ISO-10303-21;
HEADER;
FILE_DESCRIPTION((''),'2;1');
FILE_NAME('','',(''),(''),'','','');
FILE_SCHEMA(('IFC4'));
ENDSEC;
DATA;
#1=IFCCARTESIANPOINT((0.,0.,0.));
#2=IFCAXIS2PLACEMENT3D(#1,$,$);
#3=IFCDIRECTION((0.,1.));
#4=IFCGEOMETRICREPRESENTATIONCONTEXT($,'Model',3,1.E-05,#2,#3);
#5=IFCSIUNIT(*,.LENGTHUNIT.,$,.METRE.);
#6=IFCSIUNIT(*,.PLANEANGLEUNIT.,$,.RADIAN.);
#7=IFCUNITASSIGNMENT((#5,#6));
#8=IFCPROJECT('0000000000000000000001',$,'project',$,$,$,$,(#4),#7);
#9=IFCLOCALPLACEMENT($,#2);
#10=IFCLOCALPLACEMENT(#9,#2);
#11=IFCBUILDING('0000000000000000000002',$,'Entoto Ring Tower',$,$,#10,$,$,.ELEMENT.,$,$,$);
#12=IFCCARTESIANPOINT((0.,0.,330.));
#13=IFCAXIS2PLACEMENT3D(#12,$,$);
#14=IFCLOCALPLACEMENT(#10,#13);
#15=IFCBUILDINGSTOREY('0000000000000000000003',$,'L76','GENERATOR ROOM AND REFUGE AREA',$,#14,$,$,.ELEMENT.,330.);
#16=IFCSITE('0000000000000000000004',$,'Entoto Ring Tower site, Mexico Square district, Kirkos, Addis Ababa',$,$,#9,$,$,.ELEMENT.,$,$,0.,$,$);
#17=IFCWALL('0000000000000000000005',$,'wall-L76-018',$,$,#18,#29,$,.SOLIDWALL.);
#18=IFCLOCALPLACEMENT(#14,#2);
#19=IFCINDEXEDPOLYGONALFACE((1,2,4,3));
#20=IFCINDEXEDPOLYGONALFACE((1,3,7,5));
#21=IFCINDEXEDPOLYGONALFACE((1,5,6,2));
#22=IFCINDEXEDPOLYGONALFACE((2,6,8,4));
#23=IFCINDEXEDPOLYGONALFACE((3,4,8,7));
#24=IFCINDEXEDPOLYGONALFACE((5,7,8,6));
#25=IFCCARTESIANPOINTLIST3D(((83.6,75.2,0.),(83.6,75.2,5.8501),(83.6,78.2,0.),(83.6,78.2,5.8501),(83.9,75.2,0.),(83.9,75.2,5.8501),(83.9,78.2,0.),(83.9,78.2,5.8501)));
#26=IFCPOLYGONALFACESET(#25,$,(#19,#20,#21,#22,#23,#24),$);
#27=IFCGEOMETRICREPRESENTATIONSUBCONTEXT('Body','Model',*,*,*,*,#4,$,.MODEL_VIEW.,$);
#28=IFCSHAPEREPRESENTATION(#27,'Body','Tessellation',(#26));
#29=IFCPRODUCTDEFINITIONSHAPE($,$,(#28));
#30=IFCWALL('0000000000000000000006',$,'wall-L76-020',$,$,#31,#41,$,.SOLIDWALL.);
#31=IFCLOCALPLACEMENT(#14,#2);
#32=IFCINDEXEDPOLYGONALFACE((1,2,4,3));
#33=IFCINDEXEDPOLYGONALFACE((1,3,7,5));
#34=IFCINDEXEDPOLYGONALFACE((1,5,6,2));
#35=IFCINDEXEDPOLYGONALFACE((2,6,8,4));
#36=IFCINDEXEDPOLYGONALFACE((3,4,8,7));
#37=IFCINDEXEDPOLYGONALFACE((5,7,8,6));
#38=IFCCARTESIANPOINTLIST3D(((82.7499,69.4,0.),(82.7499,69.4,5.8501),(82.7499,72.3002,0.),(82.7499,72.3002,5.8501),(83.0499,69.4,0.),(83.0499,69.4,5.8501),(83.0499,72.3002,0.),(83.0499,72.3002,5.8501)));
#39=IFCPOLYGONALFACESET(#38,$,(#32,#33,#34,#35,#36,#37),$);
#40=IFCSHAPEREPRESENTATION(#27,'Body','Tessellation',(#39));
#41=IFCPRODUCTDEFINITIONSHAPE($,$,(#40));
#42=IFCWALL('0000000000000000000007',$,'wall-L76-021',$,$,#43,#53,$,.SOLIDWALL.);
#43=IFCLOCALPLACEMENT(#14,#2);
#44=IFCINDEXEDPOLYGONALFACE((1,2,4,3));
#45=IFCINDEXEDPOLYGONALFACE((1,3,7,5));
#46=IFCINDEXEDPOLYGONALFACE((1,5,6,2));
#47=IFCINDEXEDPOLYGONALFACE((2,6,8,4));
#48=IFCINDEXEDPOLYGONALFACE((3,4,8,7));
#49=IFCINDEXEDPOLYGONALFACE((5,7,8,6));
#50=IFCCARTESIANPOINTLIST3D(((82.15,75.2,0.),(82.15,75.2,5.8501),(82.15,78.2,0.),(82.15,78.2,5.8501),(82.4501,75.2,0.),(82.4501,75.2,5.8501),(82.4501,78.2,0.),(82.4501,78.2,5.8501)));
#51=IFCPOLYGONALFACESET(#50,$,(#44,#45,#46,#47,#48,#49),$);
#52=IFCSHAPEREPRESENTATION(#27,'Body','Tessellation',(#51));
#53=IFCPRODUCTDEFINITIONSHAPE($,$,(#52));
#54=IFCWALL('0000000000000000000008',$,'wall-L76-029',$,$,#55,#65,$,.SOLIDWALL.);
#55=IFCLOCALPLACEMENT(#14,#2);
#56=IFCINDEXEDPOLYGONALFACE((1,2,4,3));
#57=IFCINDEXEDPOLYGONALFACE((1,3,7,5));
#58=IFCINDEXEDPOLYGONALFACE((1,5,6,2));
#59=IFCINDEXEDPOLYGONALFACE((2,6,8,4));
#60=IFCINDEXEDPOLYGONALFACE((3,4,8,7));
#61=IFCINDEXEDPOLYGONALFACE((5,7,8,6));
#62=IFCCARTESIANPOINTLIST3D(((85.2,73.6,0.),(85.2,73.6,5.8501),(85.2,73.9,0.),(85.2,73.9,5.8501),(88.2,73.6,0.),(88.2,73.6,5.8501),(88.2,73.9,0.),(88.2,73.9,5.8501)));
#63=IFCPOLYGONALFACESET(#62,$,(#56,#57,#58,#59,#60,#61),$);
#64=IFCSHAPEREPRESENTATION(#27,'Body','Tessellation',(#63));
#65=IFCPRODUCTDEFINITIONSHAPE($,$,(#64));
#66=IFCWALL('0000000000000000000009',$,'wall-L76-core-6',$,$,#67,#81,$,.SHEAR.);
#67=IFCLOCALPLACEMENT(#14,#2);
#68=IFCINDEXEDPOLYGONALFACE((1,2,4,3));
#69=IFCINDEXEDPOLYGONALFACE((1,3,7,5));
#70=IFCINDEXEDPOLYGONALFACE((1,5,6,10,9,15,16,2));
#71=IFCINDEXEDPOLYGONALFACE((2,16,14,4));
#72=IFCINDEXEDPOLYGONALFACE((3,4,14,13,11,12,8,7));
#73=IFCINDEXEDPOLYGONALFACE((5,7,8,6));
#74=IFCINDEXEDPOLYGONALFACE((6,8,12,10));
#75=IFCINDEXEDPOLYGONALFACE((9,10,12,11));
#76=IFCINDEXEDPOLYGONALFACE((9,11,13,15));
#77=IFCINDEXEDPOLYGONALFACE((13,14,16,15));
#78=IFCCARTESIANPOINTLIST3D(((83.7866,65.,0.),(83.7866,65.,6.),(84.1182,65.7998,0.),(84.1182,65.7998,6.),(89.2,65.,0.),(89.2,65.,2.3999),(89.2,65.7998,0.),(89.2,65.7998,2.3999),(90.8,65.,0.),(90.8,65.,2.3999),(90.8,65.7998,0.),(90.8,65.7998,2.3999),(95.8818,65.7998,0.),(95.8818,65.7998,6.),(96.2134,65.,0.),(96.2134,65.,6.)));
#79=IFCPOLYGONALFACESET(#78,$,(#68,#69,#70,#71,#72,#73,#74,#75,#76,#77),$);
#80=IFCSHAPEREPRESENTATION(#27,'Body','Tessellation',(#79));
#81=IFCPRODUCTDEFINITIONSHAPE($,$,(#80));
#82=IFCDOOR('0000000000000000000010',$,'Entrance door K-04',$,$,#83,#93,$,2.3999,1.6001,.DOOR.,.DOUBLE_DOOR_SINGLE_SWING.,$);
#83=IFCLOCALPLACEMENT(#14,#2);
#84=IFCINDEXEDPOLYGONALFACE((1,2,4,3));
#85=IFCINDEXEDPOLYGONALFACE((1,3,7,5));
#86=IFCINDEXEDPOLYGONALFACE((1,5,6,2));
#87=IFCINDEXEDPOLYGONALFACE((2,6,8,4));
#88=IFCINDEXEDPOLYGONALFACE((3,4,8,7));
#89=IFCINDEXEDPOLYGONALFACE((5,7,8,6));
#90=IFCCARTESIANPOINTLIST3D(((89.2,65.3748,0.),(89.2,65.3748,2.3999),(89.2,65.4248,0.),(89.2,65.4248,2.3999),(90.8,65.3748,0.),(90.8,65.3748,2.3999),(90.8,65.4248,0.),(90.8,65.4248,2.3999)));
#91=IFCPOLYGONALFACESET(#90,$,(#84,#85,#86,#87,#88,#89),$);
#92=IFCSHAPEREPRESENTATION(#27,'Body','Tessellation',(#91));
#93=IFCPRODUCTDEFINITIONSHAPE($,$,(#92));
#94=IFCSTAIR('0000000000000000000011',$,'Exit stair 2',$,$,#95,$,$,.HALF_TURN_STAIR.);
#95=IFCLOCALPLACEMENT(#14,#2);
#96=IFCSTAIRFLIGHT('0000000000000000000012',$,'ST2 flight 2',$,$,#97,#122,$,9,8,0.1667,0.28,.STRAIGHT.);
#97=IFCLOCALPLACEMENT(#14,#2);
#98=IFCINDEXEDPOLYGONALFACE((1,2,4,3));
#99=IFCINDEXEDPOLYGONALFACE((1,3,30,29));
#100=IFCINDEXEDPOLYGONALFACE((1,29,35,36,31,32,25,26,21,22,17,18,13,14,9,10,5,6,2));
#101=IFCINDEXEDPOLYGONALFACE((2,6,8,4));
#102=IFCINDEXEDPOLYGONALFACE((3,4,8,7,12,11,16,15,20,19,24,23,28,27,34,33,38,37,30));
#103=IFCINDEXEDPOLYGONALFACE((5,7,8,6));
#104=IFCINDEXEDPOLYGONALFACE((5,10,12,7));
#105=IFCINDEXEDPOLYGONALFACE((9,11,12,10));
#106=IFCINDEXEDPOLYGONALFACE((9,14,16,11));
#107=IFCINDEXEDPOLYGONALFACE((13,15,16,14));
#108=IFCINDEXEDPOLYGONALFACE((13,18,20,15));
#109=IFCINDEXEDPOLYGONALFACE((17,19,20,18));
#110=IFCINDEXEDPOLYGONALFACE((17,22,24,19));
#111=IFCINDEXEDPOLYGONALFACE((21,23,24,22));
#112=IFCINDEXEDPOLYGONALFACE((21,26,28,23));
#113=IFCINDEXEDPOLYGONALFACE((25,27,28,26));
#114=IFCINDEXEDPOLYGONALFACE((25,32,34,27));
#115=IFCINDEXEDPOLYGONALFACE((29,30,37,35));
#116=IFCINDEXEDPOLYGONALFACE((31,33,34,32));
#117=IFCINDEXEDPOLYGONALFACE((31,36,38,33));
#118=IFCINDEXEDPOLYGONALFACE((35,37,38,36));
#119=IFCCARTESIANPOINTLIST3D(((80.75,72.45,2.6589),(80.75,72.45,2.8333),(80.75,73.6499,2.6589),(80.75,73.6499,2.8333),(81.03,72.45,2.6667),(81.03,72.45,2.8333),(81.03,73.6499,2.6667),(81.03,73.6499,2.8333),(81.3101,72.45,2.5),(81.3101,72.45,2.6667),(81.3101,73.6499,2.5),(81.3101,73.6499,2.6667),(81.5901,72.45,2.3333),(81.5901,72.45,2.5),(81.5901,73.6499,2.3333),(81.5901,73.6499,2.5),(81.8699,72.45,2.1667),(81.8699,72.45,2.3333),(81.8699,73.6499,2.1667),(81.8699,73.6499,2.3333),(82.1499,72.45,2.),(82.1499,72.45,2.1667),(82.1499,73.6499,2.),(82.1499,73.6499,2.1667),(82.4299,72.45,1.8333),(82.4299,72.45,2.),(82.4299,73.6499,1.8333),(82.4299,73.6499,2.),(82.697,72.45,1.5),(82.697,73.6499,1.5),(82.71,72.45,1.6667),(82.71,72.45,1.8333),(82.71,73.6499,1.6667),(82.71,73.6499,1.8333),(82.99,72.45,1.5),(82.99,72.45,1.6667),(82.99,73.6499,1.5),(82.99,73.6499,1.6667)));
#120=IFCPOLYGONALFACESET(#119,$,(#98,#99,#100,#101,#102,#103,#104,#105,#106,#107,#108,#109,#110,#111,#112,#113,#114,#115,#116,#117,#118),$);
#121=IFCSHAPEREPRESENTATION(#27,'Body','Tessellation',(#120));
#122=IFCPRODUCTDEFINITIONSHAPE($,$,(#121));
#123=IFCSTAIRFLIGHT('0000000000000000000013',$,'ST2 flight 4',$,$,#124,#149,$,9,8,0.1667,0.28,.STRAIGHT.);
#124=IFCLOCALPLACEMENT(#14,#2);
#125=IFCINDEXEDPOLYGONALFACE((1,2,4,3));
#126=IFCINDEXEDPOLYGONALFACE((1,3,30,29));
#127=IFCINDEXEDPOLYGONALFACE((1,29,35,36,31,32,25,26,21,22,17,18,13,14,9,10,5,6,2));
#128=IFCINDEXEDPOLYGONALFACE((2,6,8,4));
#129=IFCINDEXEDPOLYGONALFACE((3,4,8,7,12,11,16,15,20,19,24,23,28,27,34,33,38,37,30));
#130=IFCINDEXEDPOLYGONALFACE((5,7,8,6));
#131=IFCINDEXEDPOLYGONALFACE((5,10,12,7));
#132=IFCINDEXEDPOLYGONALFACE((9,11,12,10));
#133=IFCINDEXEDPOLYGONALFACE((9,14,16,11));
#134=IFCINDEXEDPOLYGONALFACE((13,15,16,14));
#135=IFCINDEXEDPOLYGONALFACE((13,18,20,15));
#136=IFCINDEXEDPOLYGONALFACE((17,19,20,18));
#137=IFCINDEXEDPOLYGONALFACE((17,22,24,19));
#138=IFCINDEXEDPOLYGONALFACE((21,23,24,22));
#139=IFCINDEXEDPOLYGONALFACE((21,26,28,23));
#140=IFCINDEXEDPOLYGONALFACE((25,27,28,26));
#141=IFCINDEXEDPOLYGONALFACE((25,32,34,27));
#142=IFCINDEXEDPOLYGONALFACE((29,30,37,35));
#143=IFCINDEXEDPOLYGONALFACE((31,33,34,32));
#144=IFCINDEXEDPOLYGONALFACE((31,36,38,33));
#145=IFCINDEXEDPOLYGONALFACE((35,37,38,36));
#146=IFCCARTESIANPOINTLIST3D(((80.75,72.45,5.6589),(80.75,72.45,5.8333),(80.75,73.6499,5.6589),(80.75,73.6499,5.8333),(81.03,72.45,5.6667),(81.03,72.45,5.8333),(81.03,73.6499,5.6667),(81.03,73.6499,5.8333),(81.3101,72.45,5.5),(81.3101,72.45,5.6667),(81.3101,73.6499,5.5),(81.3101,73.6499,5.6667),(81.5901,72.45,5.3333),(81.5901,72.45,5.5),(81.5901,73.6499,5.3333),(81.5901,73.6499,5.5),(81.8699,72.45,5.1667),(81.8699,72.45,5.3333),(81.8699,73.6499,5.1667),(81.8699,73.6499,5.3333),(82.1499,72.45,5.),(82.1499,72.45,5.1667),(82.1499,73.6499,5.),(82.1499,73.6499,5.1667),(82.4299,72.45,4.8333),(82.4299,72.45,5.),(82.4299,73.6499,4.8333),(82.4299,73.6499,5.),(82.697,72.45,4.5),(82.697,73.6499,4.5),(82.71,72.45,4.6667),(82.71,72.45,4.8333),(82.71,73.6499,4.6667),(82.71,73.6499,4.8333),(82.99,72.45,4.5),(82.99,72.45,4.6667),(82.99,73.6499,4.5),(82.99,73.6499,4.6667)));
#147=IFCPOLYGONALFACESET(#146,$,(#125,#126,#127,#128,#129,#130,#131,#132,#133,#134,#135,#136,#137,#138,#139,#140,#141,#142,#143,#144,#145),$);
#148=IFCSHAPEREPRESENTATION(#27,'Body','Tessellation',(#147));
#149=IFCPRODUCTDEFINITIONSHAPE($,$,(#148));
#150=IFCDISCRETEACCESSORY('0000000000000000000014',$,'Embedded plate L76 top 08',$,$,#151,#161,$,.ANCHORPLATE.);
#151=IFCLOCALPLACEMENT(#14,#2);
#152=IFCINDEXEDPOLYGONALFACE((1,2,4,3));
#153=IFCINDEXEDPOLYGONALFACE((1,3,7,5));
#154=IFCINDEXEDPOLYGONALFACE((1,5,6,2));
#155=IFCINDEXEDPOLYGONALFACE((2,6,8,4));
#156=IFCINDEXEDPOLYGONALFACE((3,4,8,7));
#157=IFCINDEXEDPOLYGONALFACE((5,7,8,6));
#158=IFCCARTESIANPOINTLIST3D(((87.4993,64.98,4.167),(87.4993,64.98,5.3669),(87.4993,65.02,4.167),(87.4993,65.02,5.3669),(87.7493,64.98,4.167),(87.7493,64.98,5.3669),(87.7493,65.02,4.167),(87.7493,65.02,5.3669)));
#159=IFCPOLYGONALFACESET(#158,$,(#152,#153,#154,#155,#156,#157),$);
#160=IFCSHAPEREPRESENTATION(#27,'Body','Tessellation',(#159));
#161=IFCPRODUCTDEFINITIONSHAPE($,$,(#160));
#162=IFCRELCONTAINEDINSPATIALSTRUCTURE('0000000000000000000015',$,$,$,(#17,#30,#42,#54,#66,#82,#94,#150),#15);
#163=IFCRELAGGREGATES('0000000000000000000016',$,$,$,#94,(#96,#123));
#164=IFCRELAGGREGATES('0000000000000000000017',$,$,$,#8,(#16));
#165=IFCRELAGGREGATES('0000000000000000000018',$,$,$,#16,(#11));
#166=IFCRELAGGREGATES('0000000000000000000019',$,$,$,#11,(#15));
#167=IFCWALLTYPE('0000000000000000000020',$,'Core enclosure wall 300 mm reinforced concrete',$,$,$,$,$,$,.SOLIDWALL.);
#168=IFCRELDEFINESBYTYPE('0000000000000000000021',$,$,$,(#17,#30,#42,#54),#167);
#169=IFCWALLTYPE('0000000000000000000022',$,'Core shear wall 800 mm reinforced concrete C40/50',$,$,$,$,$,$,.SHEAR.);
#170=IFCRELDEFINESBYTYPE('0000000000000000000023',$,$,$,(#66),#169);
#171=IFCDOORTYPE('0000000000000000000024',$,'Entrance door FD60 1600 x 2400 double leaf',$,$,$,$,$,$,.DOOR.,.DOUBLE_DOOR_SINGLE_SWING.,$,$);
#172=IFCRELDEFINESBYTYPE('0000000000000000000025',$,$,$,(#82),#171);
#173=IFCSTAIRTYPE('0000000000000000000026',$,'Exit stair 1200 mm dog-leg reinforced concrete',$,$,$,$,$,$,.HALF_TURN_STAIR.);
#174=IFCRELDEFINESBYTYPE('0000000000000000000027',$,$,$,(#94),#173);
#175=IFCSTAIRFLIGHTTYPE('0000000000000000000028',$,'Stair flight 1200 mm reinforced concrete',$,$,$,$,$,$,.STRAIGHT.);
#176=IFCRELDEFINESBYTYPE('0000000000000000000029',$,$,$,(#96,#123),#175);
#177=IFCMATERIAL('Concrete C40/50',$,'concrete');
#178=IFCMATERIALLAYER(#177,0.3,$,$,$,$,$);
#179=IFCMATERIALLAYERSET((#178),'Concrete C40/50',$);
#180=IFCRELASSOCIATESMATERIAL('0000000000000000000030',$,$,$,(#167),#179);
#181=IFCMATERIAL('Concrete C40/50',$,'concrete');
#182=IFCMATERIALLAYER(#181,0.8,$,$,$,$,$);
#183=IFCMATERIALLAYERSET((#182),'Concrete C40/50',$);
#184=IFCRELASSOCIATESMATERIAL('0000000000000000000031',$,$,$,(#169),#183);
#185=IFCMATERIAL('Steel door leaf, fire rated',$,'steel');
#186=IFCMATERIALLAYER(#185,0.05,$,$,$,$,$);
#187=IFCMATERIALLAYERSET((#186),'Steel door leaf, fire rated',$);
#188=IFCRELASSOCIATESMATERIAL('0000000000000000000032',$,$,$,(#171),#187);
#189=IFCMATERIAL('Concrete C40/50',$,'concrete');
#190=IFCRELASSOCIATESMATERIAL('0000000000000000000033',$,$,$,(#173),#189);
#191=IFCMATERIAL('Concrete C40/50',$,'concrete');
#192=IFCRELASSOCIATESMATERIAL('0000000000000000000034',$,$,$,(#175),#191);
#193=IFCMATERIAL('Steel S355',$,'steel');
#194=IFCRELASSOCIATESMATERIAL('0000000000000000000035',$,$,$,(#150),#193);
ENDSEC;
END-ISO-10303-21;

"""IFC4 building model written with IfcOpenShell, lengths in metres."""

from ifc_helpers import new_model, si_unit, direction, frame, frame_2d, origin, origin_2d, place, context, subcontext, project, spatial, polyline, rectangle, outline, extrude, material, layer, layer_set, type_object, element, fill, aggregate, save


model = new_model("IFC4")

# Units and contexts
model_context = context("Model", 3, precision=1e-05, world=origin(), true_north=direction((0.0, 1.0)))
body_context = subcontext(model_context, "Body", "Model", "MODEL_VIEW")
ifc_project = project(units=[si_unit("LENGTHUNIT", "METRE"), si_unit("PLANEANGLEUNIT", "RADIAN")], contexts=[model_context])

# Site, building, storey
site_placement = place(None, origin())
site = spatial("IfcSite", under=ifc_project, at=site_placement, Name="Entoto Ring Tower site, Mexico Square district, Kirkos, Addis Ababa", CompositionType="ELEMENT", RefElevation=0.0)
building_placement = place(site_placement, origin())
building = spatial("IfcBuilding", under=site, at=building_placement, Name="Entoto Ring Tower", CompositionType="ELEMENT")
storey_placement = place(building_placement, frame((0.0, 0.0, 330.0)))
storey = spatial("IfcBuildingStorey", under=building, at=storey_placement, Name="L76", Description="GENERATOR ROOM AND REFUGE AREA", CompositionType="ELEMENT", Elevation=330.0)

# Shared definitions
ifc_material_1 = material(Name="Concrete C40/50", Category="concrete")
ifc_layer_1 = layer(ifc_material_1, 0.3)
ifc_layer_set_1 = layer_set([ifc_layer_1], Name="Concrete C40/50")
wall_type_1 = type_object("IfcWallType", Name="Core enclosure wall 300 mm reinforced concrete", PredefinedType="SOLIDWALL", material=ifc_layer_set_1)

# Walls
wall_1_placement = place(storey_placement, frame((83.75, 75.2, 0.0), z_axis=(0.0, 0.0, 1.0), x_axis=(0.0, 1.0, 0.0)))
element("IfcWall", 1, at=wall_1_placement, inside=storey, type_object=wall_type_1, Name="wall-L76-018", PredefinedType="SOLIDWALL", context=body_context, shape_type="SweptSolid", body=[
    extrude(rectangle(XDim=3.0, YDim=0.3, at=frame_2d((1.5, 0.0))), origin(), (0.0, 0.0, 1.0), 5.8501),
])
wall_2_placement = place(storey_placement, frame((82.8999, 69.3999, 0.0), z_axis=(0.0, 0.0, 1.0), x_axis=(0.0, 1.0, 0.0)))
element("IfcWall", 2, at=wall_2_placement, inside=storey, type_object=wall_type_1, Name="wall-L76-020", PredefinedType="SOLIDWALL", context=body_context, shape_type="SweptSolid", body=[
    extrude(rectangle(XDim=2.9001, YDim=0.3, at=frame_2d((1.4502, 0.0))), origin(), (0.0, 0.0, 1.0), 5.8501),
])
for number, where, z_axis, x_axis, name in (
    (3, (82.3, 75.2, 0.0), (0.0, 0.0, 1.0), (0.0, 1.0, 0.0), "wall-L76-021"),
    (4, (85.2, 73.75, 0.0), (0.0, 0.0, 1.0), (1.0, 0.0, 0.0), "wall-L76-029"),
):
    element("IfcWall", number, at=place(storey_placement, frame(where, z_axis=z_axis, x_axis=x_axis)), inside=storey, type_object=wall_type_1, Name=name, PredefinedType="SOLIDWALL", context=body_context, shape_type="SweptSolid", body=[
        extrude(rectangle(XDim=3.0, YDim=0.3, at=frame_2d((1.5, 0.0))), origin(), (0.0, 0.0, 1.0), 5.8501),
    ])

# Wall, opening, door
ifc_material_2 = material(Name="Concrete C40/50", Category="concrete")
ifc_layer_2 = layer(ifc_material_2, 0.8)
ifc_layer_set_2 = layer_set([ifc_layer_2], Name="Concrete C40/50")
wall_type_2 = type_object("IfcWallType", Name="Core shear wall 800 mm reinforced concrete C40/50", PredefinedType="SHEAR", material=ifc_layer_set_2)
wall_3_placement = place(storey_placement, frame((83.9524, 65.3999, 0.0), z_axis=(0.0, 0.0, 1.0), x_axis=(1.0, 0.0, 0.0)))
wall_3 = element("IfcWall", 5, at=wall_3_placement, inside=storey, type_object=wall_type_2, Name="wall-L76-core-6", PredefinedType="SHEAR", context=body_context, shape_type="SweptSolid", body=[
    extrude(outline(polyline([(-0.1658, -0.3999), (12.261, -0.3999), (11.9294, 0.3999), (0.1658, 0.3999), (-0.1658, -0.3999)])), origin(), (0.0, 0.0, 1.0), 6.0),
])
opening_1_placement = place(wall_3_placement, frame((5.2476, 0.0, 0.0)))
opening_1 = element("IfcOpeningElement", 6, at=opening_1_placement, cuts=wall_3, PredefinedType="OPENING", context=body_context, shape_type="SweptSolid", body=[
    extrude(rectangle(XDim=1.6001, YDim=2.3999, at=frame_2d((0.8, 1.2))), frame((0.0, 0.4102, 0.0), z_axis=(0.0, -1.0, 0.0), x_axis=(1.0, 0.0, 0.0)), (0.0, 0.0, 1.0), 0.8201),
])
ifc_material_3 = material(Name="Steel door leaf, fire rated", Category="steel")
ifc_layer_3 = layer(ifc_material_3, 0.05)
ifc_layer_set_3 = layer_set([ifc_layer_3], Name="Steel door leaf, fire rated")
door_type_1 = type_object("IfcDoorType", Name="Entrance door FD60 1600 x 2400 double leaf", OperationType="DOUBLE_DOOR_SINGLE_SWING", PredefinedType="DOOR", material=ifc_layer_set_3)
door_1_placement = place(opening_1_placement, origin())
door_1 = element("IfcDoor", 7, at=door_1_placement, inside=storey, type_object=door_type_1, Name="Entrance door K-04", OperationType="DOUBLE_DOOR_SINGLE_SWING", OverallHeight=2.3999, OverallWidth=1.6001, PredefinedType="DOOR", context=body_context, shape_type="SweptSolid", body=[
    extrude(rectangle(XDim=1.6001, YDim=2.3999, at=frame_2d((0.8, 1.2))), frame((0.0, 0.0249, 0.0), z_axis=(0.0, -1.0, 0.0), x_axis=(1.0, 0.0, 0.0)), (0.0, 0.0, 1.0), 0.05),
])
fill(opening_1, door_1)

# Stair, stair flights
ifc_material_4 = material(Name="Concrete C40/50", Category="concrete")
stair_type = type_object("IfcStairType", Name="Exit stair 1200 mm dog-leg reinforced concrete", PredefinedType="HALF_TURN_STAIR", material=ifc_material_4)
stair_placement = place(storey_placement, origin())
stair = element("IfcStair", 8, at=stair_placement, inside=storey, type_object=stair_type, Name="Exit stair 2", PredefinedType="HALF_TURN_STAIR")
ifc_material_5 = material(Name="Concrete C40/50", Category="concrete")
stair_flight_type = type_object("IfcStairFlightType", Name="Stair flight 1200 mm reinforced concrete", PredefinedType="STRAIGHT", material=ifc_material_5)
stair_flight_1_placement = place(storey_placement, frame((82.99, 73.05, 1.5), z_axis=(0.0, 0.0, 1.0), x_axis=(-1.0, 0.0, 0.0)))
stair_flight_1 = element("IfcStairFlight", 9, at=stair_flight_1_placement, type_object=stair_flight_type, Name="ST2 flight 2", NumberOfRisers=9, NumberOfTreads=8, PredefinedType="STRAIGHT", RiserHeight=0.1667, TreadLength=0.28, context=body_context, shape_type="SweptSolid", body=[
    extrude(outline(polyline([(0.0, 0.0), (0.0, 0.1667), (0.28, 0.1667), (0.28, 0.3333), (0.5601, 0.3333), (0.5601, 0.5), (0.8401, 0.5), (0.8401, 0.6667), (1.1201, 0.6667), (1.1201, 0.8333), (1.3999, 0.8333), (1.3999, 1.0), (1.6799, 1.0), (1.6799, 1.1667), (1.96, 1.1667), (1.96, 1.3333), (2.24, 1.3333), (2.24, 1.5), (2.24, 1.1589), (0.293, 0.0), (0.0, 0.0)])), frame((0.0, 0.6001, 0.0), z_axis=(0.0, -1.0, 0.0), x_axis=(1.0, 0.0, 0.0)), (0.0, 0.0, 1.0), 1.2),
])
stair_flight_2_placement = place(storey_placement, frame((82.99, 73.05, 4.5), z_axis=(0.0, 0.0, 1.0), x_axis=(-1.0, 0.0, 0.0)))
stair_flight_2 = element("IfcStairFlight", 10, at=stair_flight_2_placement, type_object=stair_flight_type, Name="ST2 flight 4", NumberOfRisers=9, NumberOfTreads=8, PredefinedType="STRAIGHT", RiserHeight=0.1667, TreadLength=0.28, context=body_context, shape_type="SweptSolid", body=[
    extrude(outline(polyline([(0.0, 0.0), (0.0, 0.1667), (0.28, 0.1667), (0.28, 0.3333), (0.5601, 0.3333), (0.5601, 0.5), (0.8401, 0.5), (0.8401, 0.6667), (1.1201, 0.6667), (1.1201, 0.8333), (1.3999, 0.8333), (1.3999, 1.0), (1.6799, 1.0), (1.6799, 1.1667), (1.96, 1.1667), (1.96, 1.3333), (2.24, 1.3333), (2.24, 1.5), (2.24, 1.1589), (0.293, 0.0), (0.0, 0.0)])), frame((0.0, 0.6001, 0.0), z_axis=(0.0, -1.0, 0.0), x_axis=(1.0, 0.0, 0.0)), (0.0, 0.0, 1.0), 1.2),
])
aggregate(stair, [stair_flight_1, stair_flight_2])

# Discrete accessory
ifc_material_6 = material(Name="Steel S355", Category="steel")
discrete_accessory_placement = place(storey_placement, frame((87.6243, 65.0, 4.167), z_axis=(0.0, 0.0, 1.0), x_axis=(0.0, -1.0, 0.0)))
element("IfcDiscreteAccessory", 11, at=discrete_accessory_placement, inside=storey, material=ifc_material_6, Name="Embedded plate L76 top 08", PredefinedType="ANCHORPLATE", context=body_context, shape_type="SweptSolid", body=[
    extrude(rectangle(XDim=0.04, YDim=0.25, at=origin_2d()), origin(), (0.0, 0.0, 1.0), 1.2),
])

save(model, "model.ifc")
